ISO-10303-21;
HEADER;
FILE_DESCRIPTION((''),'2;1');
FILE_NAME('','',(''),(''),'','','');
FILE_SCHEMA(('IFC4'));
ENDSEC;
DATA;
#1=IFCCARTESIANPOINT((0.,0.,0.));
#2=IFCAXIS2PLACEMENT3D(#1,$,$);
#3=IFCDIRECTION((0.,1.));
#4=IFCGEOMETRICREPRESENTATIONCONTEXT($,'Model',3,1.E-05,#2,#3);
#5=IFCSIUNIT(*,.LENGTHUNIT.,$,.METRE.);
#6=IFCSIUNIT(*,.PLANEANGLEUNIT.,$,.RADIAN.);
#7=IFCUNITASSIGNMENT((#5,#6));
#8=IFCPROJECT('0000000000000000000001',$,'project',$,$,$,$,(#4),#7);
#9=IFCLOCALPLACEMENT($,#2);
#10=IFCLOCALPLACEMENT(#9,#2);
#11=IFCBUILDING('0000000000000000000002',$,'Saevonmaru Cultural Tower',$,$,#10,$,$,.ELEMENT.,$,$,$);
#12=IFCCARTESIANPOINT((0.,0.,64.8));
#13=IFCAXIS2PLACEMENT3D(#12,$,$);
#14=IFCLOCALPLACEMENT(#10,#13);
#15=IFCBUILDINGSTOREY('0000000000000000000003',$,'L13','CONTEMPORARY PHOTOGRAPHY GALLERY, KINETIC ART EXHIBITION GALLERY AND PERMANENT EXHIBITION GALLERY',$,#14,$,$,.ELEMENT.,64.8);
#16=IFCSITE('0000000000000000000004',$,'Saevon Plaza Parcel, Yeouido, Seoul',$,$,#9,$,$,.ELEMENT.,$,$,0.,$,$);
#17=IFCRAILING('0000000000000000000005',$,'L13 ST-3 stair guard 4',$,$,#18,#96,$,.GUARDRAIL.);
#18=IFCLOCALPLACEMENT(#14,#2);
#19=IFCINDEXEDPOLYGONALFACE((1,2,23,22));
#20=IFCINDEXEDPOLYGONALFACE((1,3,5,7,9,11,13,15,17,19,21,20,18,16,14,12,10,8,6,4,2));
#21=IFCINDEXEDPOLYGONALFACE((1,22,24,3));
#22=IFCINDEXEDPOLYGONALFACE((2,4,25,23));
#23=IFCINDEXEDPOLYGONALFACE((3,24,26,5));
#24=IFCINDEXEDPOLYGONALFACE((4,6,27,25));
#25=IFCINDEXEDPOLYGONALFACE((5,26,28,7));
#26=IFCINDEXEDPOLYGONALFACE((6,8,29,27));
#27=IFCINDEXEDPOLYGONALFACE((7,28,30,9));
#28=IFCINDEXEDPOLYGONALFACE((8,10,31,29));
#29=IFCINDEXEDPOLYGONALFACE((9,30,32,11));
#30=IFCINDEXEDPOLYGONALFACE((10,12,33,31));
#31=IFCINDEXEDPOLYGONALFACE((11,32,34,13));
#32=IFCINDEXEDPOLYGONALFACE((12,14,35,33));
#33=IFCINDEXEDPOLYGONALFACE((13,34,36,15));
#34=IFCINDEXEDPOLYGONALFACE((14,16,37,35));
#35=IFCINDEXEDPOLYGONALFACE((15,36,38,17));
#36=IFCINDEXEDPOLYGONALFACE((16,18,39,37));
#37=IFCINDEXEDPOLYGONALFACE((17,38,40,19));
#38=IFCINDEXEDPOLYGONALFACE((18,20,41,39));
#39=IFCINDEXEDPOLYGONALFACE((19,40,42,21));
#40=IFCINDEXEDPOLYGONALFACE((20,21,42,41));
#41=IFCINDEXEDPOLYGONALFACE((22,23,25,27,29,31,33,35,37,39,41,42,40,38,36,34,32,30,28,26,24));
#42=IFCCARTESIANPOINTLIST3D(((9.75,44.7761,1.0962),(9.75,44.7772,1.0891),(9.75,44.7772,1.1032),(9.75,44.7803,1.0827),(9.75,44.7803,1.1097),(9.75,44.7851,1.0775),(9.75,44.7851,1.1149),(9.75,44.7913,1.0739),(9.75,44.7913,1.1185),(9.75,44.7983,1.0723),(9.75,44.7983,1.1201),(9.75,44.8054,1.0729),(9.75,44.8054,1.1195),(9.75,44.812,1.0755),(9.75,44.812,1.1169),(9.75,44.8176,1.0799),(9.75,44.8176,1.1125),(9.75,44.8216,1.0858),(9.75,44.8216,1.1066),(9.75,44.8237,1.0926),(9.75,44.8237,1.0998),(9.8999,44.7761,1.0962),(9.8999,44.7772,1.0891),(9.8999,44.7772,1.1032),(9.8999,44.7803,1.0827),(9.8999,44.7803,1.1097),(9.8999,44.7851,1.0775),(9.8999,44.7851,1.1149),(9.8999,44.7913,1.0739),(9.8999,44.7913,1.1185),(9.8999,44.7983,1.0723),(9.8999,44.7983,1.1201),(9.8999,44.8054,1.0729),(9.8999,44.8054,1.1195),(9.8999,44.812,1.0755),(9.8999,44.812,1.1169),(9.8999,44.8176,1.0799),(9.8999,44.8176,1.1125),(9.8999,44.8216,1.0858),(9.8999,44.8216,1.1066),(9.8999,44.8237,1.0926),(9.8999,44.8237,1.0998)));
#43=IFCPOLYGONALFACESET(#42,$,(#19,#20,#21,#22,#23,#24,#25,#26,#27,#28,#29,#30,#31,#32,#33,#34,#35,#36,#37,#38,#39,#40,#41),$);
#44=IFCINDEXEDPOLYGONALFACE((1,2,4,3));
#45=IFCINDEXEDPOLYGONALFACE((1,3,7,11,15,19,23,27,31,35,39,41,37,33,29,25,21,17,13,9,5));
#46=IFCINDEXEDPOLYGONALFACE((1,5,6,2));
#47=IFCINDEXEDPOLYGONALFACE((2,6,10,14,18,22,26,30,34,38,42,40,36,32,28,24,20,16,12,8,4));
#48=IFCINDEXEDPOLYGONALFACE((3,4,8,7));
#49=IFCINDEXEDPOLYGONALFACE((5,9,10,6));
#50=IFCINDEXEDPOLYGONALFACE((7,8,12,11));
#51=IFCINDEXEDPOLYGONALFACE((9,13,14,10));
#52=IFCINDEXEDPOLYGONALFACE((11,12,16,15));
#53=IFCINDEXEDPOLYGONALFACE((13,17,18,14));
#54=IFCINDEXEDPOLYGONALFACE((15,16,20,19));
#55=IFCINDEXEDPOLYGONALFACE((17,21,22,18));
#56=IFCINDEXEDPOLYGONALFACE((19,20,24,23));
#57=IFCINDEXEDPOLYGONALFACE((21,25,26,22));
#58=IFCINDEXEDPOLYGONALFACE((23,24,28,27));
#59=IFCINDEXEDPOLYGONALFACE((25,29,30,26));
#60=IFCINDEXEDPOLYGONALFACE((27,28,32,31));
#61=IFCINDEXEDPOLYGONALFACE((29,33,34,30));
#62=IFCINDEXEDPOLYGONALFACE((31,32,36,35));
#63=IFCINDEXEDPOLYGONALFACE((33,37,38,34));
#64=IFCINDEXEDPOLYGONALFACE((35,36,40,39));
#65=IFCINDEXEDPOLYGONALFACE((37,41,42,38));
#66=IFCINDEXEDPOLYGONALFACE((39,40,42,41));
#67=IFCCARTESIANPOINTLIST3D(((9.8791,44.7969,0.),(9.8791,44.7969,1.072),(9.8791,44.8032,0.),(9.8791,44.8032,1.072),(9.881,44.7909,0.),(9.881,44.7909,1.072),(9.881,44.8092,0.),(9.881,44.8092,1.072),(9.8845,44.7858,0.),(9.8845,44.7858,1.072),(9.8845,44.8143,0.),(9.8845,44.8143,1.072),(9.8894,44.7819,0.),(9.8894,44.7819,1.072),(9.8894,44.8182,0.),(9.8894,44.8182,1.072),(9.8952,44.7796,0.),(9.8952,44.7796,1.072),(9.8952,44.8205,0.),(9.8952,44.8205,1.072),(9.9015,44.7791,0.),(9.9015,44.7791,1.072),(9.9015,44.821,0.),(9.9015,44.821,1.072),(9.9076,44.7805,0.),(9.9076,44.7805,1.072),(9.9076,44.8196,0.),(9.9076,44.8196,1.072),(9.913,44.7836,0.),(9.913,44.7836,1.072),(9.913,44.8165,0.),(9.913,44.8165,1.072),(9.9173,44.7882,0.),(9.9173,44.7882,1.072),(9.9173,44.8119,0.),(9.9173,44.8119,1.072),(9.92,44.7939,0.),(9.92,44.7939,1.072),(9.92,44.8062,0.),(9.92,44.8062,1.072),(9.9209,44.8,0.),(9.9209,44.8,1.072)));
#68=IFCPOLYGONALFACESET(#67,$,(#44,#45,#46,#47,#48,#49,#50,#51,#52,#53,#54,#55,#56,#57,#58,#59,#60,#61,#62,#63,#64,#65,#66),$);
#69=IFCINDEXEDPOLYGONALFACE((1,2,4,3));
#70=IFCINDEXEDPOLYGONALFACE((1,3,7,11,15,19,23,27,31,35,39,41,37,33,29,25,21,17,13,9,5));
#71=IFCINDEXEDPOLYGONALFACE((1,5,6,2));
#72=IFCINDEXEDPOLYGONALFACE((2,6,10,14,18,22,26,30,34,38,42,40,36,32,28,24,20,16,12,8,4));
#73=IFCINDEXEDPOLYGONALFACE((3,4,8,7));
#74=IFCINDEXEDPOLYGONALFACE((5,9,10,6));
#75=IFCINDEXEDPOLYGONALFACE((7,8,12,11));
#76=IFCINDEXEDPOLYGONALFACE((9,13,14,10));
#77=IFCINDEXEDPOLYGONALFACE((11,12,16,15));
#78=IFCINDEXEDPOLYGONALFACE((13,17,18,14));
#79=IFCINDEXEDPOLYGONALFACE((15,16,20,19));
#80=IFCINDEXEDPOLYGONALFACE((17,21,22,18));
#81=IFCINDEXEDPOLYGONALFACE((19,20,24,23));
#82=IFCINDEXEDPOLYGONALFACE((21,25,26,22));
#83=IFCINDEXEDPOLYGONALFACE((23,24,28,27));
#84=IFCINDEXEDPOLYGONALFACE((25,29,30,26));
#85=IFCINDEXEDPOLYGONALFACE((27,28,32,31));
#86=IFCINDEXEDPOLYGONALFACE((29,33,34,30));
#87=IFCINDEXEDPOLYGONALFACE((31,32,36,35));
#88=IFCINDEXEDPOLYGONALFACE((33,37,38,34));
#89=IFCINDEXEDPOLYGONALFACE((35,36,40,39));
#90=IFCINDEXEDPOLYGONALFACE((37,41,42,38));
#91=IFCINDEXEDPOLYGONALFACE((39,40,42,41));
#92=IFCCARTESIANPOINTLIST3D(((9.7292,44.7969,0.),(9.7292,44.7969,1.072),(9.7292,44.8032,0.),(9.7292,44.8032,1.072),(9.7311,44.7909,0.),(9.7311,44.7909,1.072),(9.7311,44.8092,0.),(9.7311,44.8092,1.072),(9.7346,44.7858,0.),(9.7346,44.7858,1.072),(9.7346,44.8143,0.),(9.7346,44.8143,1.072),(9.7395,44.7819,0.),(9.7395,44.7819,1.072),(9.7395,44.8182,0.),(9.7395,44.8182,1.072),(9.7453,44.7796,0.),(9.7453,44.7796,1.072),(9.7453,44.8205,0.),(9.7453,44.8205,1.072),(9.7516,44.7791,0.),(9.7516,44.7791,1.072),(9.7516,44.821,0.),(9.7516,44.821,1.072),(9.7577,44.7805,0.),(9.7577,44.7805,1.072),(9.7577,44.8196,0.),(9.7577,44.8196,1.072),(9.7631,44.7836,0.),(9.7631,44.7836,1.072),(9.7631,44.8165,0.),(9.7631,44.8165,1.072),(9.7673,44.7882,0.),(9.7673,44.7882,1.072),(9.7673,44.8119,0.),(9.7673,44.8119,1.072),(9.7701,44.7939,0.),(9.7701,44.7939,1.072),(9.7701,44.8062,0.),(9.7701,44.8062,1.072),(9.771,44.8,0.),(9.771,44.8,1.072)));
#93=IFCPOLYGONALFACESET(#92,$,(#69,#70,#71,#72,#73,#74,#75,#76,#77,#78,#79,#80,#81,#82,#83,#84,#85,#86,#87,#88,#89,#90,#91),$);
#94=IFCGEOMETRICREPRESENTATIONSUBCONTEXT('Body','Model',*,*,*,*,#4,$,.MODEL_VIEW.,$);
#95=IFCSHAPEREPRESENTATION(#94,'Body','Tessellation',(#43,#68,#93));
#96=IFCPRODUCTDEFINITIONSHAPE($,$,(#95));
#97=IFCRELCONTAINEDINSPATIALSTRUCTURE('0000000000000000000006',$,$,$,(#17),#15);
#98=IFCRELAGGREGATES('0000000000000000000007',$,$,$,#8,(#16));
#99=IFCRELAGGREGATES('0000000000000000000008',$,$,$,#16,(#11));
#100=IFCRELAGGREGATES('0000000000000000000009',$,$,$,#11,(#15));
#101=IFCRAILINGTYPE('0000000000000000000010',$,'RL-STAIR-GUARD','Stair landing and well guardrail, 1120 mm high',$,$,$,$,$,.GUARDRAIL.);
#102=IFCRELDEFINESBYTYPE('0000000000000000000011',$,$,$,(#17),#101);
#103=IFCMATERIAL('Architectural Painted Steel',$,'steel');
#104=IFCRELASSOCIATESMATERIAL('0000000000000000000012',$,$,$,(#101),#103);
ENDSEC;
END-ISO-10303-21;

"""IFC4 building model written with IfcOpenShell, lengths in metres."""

from ifc_helpers import new_model, si_unit, direction, frame, origin, origin_2d, place, context, subcontext, project, spatial, circle, extrude, material, type_object, element, save


model = new_model("IFC4")

# Units and contexts
model_context = context("Model", 3, precision=1e-05, world=origin(), true_north=direction((0.0, 1.0)))
body_context = subcontext(model_context, "Body", "Model", "MODEL_VIEW")
ifc_project = project(units=[si_unit("LENGTHUNIT", "METRE"), si_unit("PLANEANGLEUNIT", "RADIAN")], contexts=[model_context])

# Site, building, storey
site_placement = place(None, origin())
site = spatial("IfcSite", under=ifc_project, at=site_placement, Name="Saevon Plaza Parcel, Yeouido, Seoul", CompositionType="ELEMENT", RefElevation=0.0)
building_placement = place(site_placement, origin())
building = spatial("IfcBuilding", under=site, at=building_placement, Name="Saevonmaru Cultural Tower", CompositionType="ELEMENT")
storey_placement = place(building_placement, frame((0.0, 0.0, 64.8)))
storey = spatial("IfcBuildingStorey", under=building, at=storey_placement, Name="L13", Description="CONTEMPORARY PHOTOGRAPHY GALLERY, KINETIC ART EXHIBITION GALLERY AND PERMANENT EXHIBITION GALLERY", CompositionType="ELEMENT", Elevation=64.8)

# Railing
ifc_material_1 = material(Name="Architectural Painted Steel", Category="steel")
railing_type_1 = type_object("IfcRailingType", Name="RL-STAIR-GUARD", Description="Stair landing and well guardrail, 1120 mm high", PredefinedType="GUARDRAIL", material=ifc_material_1)
railing_1_placement = place(storey_placement, frame((9.8999, 44.8, 0.0)))
element("IfcRailing", 1, at=railing_1_placement, inside=storey, type_object=railing_type_1, Name="L13 ST-3 stair guard 4", PredefinedType="GUARDRAIL", context=body_context, shape_type="SweptSolid", body=[
    extrude(circle(Radius=0.0239, at=origin_2d()), frame((0.0, 0.0, 1.0962), z_axis=(-1.0, 0.0, 0.0), x_axis=(0.0, -1.0, 0.0)), (0.0, 0.0, 1.0), 0.1499),
    extrude(circle(Radius=0.021, at=origin_2d()), origin(), (0.0, 0.0, 1.0), 1.072),
    extrude(circle(Radius=0.021, at=origin_2d()), frame((-0.1499, 0.0, 0.0)), (0.0, 0.0, 1.0), 1.072),
])

save(model, "model.ifc")
